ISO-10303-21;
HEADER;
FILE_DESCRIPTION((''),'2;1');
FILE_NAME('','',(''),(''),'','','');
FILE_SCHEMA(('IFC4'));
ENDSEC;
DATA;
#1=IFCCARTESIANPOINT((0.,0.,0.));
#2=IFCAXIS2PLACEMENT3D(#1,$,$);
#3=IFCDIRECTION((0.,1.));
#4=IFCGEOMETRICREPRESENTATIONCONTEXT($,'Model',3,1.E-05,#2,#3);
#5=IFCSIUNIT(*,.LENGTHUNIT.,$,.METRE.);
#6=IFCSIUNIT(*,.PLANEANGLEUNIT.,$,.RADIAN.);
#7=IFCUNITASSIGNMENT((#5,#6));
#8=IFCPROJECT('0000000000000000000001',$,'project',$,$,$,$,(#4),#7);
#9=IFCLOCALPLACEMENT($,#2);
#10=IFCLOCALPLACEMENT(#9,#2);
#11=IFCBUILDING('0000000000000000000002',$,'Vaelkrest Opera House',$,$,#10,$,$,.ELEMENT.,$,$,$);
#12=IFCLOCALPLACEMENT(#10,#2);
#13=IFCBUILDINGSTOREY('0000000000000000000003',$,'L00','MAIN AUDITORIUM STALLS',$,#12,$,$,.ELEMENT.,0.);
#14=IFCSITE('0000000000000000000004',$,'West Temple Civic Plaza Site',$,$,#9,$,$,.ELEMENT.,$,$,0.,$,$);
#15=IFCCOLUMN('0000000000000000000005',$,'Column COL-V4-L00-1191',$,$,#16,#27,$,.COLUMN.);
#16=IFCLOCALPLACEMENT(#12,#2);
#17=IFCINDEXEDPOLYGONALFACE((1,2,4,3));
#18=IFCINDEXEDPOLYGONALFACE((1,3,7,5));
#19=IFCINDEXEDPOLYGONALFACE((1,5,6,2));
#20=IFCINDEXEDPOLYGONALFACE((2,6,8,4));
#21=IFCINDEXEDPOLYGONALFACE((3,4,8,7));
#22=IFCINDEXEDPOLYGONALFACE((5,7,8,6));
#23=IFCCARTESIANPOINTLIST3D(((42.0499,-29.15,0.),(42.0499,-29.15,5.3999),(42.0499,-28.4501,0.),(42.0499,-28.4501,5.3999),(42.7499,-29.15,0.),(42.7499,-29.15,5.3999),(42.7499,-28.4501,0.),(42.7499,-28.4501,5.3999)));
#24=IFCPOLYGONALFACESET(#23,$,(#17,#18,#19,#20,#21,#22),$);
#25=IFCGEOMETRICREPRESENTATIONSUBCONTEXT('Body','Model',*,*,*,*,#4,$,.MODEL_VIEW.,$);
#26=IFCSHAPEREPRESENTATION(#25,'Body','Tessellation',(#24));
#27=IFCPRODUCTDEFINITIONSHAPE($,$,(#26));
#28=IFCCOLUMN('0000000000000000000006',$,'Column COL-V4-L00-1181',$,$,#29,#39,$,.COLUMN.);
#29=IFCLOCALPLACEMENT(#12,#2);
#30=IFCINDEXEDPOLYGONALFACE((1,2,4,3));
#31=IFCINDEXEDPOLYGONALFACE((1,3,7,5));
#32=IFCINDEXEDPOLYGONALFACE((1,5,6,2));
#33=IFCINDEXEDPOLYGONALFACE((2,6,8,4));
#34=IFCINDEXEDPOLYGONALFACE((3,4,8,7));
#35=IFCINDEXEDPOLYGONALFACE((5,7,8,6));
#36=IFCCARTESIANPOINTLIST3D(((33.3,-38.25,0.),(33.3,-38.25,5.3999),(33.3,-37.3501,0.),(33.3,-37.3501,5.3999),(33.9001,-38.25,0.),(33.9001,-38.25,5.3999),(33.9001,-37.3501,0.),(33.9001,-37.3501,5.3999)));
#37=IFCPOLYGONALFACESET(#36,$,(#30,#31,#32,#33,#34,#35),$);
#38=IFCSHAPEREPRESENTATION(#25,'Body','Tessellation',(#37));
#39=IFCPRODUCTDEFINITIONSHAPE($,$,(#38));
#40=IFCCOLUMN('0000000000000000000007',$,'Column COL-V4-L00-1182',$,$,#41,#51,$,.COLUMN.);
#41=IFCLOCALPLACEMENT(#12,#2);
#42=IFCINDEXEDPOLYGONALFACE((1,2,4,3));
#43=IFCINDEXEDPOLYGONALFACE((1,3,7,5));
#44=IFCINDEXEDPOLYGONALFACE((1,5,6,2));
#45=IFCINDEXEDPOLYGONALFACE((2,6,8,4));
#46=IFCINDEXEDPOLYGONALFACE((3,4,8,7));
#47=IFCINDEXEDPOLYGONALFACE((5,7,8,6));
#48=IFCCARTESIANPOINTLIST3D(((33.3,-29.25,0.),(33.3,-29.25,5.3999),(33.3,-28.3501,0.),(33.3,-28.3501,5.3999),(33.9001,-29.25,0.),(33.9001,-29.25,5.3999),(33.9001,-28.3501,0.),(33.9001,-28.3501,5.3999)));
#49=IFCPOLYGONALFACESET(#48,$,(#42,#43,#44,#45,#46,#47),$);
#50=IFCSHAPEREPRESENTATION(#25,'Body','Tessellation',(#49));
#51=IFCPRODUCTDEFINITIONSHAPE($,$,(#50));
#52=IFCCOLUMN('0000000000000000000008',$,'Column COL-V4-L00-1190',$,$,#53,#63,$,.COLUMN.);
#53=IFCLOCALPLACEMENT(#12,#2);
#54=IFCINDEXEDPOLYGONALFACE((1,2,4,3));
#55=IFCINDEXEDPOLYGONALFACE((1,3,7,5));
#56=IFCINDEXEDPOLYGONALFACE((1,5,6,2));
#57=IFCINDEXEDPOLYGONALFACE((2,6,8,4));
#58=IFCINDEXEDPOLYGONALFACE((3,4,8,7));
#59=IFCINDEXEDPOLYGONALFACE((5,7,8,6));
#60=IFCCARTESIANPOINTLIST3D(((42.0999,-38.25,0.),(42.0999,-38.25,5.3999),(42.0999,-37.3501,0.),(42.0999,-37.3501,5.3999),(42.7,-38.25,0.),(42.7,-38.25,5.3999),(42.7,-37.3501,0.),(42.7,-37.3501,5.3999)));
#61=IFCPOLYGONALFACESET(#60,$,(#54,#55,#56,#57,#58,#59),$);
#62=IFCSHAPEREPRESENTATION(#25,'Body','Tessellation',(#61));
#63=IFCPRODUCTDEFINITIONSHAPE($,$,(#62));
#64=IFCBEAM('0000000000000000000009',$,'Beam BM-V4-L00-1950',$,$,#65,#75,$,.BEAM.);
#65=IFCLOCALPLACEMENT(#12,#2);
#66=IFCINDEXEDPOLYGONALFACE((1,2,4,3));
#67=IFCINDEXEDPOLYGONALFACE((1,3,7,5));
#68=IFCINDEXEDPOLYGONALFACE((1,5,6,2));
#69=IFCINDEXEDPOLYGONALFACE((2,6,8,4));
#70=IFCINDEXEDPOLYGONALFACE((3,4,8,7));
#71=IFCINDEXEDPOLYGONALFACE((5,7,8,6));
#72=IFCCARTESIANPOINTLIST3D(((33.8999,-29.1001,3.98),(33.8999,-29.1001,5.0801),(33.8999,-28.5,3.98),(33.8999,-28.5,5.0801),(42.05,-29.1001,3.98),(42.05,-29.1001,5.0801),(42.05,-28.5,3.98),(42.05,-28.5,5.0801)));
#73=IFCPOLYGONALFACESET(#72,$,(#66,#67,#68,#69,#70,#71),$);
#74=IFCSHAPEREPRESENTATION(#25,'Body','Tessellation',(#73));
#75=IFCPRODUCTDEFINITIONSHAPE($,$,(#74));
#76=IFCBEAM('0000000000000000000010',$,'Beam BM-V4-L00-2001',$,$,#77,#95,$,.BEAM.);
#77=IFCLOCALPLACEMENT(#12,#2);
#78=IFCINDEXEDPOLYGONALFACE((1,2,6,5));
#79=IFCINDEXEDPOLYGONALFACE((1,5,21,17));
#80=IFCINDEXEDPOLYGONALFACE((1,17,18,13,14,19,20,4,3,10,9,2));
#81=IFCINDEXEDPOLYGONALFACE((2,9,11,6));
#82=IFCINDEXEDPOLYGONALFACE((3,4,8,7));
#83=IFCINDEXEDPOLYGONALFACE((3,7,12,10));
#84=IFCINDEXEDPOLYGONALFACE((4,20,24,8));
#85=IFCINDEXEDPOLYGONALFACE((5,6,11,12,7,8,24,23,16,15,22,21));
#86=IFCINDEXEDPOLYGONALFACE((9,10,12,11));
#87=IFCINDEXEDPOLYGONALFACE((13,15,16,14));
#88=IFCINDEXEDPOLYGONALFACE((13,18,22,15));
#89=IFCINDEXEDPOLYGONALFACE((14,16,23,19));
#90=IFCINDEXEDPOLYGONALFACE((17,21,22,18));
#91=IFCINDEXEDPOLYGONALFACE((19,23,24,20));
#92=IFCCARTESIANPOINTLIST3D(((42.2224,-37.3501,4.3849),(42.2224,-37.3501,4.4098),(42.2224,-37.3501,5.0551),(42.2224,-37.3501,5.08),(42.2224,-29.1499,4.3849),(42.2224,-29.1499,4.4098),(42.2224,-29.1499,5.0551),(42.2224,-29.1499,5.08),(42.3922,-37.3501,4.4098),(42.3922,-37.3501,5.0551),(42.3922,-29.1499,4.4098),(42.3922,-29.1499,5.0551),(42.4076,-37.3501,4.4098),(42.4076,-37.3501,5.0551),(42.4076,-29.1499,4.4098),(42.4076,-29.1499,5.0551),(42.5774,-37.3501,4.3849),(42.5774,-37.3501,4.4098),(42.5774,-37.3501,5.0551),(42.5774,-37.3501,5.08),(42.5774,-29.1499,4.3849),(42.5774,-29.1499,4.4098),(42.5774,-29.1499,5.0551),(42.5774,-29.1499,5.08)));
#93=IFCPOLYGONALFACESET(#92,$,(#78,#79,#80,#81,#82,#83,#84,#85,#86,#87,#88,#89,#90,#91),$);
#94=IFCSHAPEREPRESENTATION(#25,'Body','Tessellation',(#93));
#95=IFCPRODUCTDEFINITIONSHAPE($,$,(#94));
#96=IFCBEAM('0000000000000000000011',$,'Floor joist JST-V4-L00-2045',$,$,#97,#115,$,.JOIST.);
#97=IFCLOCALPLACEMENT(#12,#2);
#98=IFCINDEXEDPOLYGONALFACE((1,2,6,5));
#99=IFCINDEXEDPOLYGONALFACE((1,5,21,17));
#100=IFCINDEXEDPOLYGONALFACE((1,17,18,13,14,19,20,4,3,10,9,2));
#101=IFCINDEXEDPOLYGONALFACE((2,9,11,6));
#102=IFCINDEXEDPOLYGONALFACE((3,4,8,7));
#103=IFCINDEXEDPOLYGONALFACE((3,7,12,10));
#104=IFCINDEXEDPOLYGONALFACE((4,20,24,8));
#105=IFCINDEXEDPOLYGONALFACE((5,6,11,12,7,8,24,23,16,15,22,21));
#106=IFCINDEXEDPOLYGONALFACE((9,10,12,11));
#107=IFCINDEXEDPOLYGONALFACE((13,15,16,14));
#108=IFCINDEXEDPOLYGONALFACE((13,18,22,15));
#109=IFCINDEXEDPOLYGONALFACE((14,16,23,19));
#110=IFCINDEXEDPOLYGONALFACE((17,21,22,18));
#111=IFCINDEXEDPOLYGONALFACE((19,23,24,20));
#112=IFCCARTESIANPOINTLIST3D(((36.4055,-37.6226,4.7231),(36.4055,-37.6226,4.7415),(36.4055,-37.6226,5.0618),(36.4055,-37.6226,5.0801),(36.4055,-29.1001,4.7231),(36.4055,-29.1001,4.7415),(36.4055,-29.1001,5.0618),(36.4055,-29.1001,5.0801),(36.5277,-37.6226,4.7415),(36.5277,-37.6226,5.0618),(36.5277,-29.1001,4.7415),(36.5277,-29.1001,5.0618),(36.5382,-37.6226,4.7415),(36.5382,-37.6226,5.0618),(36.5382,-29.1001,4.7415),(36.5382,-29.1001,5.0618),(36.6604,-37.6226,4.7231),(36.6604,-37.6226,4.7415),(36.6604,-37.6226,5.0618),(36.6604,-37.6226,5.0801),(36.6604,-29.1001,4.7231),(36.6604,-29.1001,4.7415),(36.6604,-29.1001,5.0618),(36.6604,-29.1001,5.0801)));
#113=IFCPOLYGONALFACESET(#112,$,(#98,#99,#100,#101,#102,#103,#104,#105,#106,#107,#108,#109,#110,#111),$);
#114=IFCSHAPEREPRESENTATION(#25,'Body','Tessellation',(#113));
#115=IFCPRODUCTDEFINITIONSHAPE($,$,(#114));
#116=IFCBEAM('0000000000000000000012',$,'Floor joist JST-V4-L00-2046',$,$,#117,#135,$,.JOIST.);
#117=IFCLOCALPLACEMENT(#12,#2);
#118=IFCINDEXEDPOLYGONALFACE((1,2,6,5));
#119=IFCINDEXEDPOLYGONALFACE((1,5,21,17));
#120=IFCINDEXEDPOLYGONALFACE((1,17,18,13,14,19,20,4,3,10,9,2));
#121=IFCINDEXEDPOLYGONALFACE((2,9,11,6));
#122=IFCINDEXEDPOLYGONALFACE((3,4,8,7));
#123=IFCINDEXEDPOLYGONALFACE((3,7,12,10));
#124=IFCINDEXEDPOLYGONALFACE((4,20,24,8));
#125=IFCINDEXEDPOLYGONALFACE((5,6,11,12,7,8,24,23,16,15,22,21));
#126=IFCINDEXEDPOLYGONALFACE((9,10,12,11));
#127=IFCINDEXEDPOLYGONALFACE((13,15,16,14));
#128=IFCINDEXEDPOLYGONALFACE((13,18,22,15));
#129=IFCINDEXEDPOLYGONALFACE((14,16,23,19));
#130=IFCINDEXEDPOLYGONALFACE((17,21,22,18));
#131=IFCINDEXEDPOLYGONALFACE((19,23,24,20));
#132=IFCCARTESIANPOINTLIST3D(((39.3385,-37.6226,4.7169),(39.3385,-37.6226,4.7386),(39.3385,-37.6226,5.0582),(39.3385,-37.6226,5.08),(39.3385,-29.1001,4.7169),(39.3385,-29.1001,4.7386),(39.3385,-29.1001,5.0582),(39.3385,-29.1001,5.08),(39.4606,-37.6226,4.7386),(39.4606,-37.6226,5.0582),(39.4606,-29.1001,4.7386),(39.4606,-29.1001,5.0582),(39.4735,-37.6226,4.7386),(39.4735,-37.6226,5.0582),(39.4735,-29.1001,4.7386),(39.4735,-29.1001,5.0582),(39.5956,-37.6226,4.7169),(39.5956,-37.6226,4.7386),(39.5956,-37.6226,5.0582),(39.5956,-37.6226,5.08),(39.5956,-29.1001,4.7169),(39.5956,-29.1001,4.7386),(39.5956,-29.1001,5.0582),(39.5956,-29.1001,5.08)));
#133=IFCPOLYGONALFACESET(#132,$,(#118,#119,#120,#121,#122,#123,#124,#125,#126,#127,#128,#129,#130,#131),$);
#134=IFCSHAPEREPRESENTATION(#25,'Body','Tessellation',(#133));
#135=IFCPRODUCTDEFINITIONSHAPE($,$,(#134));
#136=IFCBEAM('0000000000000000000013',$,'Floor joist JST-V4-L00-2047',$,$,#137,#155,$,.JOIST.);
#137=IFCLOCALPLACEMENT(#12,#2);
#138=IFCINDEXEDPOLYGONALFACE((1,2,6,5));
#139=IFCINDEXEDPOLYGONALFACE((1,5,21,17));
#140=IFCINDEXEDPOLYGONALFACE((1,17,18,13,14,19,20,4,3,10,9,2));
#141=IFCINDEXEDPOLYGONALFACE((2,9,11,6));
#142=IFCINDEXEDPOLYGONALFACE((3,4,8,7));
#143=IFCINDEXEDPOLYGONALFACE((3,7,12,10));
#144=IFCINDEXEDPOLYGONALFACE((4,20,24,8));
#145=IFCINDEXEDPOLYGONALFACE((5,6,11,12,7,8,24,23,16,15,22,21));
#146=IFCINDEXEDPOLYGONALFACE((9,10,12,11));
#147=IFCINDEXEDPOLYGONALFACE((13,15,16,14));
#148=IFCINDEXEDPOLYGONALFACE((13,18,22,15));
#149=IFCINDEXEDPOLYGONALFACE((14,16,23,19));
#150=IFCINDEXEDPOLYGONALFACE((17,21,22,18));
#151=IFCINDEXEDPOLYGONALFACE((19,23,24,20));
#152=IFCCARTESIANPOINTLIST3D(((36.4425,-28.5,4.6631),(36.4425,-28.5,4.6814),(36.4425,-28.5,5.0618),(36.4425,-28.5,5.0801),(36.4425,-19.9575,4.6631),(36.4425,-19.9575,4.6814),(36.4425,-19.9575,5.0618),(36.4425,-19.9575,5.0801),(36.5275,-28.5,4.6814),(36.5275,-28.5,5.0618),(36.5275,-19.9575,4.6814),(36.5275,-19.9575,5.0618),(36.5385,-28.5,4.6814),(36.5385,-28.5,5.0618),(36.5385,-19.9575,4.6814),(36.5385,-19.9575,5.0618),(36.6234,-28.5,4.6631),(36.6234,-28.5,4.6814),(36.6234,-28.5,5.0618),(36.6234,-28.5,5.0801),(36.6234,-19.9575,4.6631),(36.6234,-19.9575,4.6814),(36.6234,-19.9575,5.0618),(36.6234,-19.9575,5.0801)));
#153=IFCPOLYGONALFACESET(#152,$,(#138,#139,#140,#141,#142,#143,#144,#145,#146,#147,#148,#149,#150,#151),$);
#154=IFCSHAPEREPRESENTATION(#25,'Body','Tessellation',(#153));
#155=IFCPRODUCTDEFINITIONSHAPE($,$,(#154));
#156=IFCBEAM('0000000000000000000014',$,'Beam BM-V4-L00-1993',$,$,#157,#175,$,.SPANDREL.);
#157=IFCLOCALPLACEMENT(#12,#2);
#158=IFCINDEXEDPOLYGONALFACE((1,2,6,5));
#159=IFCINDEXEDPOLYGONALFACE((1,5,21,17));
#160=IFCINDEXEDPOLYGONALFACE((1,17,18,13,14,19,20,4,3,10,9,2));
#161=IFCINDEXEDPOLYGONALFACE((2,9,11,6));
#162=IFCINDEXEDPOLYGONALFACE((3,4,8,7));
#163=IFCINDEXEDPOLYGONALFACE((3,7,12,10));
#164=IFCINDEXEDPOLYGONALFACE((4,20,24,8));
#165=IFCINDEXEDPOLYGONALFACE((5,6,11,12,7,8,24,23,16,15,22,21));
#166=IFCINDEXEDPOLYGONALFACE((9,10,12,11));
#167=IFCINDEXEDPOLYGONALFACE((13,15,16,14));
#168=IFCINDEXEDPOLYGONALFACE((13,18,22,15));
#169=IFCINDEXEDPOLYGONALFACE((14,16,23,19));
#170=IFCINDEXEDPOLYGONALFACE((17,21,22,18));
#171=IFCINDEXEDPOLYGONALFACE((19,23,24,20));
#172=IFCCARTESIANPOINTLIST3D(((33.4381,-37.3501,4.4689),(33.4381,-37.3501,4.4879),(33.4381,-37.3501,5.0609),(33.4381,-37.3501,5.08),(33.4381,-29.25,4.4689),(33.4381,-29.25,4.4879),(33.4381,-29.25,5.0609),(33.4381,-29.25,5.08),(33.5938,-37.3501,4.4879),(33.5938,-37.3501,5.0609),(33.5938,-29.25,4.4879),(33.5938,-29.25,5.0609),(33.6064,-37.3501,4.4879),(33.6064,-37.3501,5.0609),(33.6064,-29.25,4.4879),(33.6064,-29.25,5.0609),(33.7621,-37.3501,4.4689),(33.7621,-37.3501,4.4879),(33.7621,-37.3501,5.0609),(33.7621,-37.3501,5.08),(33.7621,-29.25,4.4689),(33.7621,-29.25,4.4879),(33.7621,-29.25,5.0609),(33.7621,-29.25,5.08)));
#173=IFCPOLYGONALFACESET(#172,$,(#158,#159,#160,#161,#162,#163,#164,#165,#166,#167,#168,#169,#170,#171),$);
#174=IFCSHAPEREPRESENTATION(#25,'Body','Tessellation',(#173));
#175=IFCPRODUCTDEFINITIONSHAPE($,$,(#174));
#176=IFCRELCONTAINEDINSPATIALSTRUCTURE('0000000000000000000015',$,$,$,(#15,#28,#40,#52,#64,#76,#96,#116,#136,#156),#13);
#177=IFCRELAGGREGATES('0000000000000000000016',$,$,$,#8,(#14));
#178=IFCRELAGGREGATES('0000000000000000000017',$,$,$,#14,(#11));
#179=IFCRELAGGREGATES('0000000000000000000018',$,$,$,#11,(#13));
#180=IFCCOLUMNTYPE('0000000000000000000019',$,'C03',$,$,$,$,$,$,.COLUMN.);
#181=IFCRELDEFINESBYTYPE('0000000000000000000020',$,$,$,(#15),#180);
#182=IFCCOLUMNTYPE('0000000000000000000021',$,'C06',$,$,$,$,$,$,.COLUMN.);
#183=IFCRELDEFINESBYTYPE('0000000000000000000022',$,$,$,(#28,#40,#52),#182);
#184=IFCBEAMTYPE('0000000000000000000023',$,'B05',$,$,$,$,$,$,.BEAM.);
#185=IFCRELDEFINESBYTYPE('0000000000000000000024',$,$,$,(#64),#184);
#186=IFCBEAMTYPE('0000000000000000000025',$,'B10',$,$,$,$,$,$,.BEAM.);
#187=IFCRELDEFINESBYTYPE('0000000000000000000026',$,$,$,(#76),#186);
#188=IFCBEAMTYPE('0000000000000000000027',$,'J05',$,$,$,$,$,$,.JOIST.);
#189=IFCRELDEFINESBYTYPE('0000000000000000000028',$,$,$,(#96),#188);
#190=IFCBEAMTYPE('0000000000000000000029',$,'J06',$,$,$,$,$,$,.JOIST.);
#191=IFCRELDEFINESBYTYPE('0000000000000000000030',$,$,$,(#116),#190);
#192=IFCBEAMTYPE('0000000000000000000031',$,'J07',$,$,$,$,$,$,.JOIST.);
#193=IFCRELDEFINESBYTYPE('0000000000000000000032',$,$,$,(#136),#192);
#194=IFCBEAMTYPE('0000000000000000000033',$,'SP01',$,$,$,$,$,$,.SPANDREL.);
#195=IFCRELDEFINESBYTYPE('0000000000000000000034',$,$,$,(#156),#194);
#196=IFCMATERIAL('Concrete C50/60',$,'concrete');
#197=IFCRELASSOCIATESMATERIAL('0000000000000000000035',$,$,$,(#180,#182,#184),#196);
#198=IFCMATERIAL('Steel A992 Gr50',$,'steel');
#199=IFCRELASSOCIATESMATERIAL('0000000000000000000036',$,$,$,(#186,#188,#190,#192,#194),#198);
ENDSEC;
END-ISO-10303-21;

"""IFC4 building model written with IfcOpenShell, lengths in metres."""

from ifc_helpers import new_model, si_unit, direction, frame, origin, origin_2d, place, context, subcontext, project, spatial, rectangle, i_section, extrude, material, material_profile, profile_set, type_object, element, save


model = new_model("IFC4")

# Units and contexts
model_context = context("Model", 3, precision=1e-05, world=origin(), true_north=direction((0.0, 1.0)))
body_context = subcontext(model_context, "Body", "Model", "MODEL_VIEW")
ifc_project = project(units=[si_unit("LENGTHUNIT", "METRE"), si_unit("PLANEANGLEUNIT", "RADIAN")], contexts=[model_context])

# Site, building, storey
site_placement = place(None, origin())
site = spatial("IfcSite", under=ifc_project, at=site_placement, Name="West Temple Civic Plaza Site", CompositionType="ELEMENT", RefElevation=0.0)
building_placement = place(site_placement, origin())
building = spatial("IfcBuilding", under=site, at=building_placement, Name="Vaelkrest Opera House", CompositionType="ELEMENT")
storey_placement = place(building_placement, origin())
storey = spatial("IfcBuildingStorey", under=building, at=storey_placement, Name="L00", Description="MAIN AUDITORIUM STALLS", CompositionType="ELEMENT", Elevation=0.0)

# Columns
ifc_material_1 = material(Name="Concrete C50/60", Category="concrete")
ifc_material_profile_1 = material_profile(ifc_material_1, rectangle(XDim=0.7, YDim=0.7, at=origin_2d()), Name="RC700X700")
ifc_profile_set_1 = profile_set([ifc_material_profile_1], Name="Concrete C50/60")
column_type_1 = type_object("IfcColumnType", Name="C03", PredefinedType="COLUMN", material=ifc_profile_set_1)
column_placement = place(storey_placement, frame((42.3999, -28.8, 0.0), z_axis=(0.0, 0.0, 1.0), x_axis=(1.0, 0.0, 0.0)))
element("IfcColumn", 1, at=column_placement, inside=storey, type_object=column_type_1, Name="Column COL-V4-L00-1191", PredefinedType="COLUMN", context=body_context, shape_type="SweptSolid", body=[
    extrude(rectangle(XDim=0.7, YDim=0.7, at=origin_2d()), origin(), (0.0, 0.0, 1.0), 5.3999),
])
ifc_material_profile_2 = material_profile(ifc_material_1, rectangle(XDim=0.6001, YDim=0.8999, at=origin_2d()), Name="RC600X900")
ifc_profile_set_2 = profile_set([ifc_material_profile_2], Name="Concrete C50/60")
column_type_2 = type_object("IfcColumnType", Name="C06", PredefinedType="COLUMN", material=ifc_profile_set_2)
for number, where, z_axis, x_axis, name in (
    (2, (33.6001, -37.8, 0.0), (0.0, 0.0, 1.0), (1.0, 0.0, 0.0), "Column COL-V4-L00-1181"),
    (3, (33.6001, -28.8, 0.0), (0.0, 0.0, 1.0), (1.0, 0.0, 0.0), "Column COL-V4-L00-1182"),
    (4, (42.3999, -37.8, 0.0), (0.0, 0.0, 1.0), (1.0, 0.0, 0.0), "Column COL-V4-L00-1190"),
):
    element("IfcColumn", number, at=place(storey_placement, frame(where, z_axis=z_axis, x_axis=x_axis)), inside=storey, type_object=column_type_2, Name=name, PredefinedType="COLUMN", context=body_context, shape_type="SweptSolid", body=[
        extrude(rectangle(XDim=0.6001, YDim=0.8999, at=origin_2d()), origin(), (0.0, 0.0, 1.0), 5.3999),
    ])

# Beams
ifc_material_profile_3 = material_profile(ifc_material_1, rectangle(XDim=0.6001, YDim=1.1001, at=origin_2d()), Name="RCB600X1100")
ifc_profile_set_3 = profile_set([ifc_material_profile_3], Name="Concrete C50/60")
beam_type_1 = type_object("IfcBeamType", Name="B05", PredefinedType="BEAM", material=ifc_profile_set_3)
beam_1_placement = place(storey_placement, frame((33.8999, -28.8, 4.53), z_axis=(1.0, 0.0, 0.0), x_axis=(0.0, 1.0, 0.0)))
element("IfcBeam", 5, at=beam_1_placement, inside=storey, type_object=beam_type_1, Name="Beam BM-V4-L00-1950", PredefinedType="BEAM", context=body_context, shape_type="SweptSolid", body=[
    extrude(rectangle(XDim=0.6001, YDim=1.1001, at=origin_2d()), origin(), (0.0, 0.0, 1.0), 8.1501),
])
ifc_material_2 = material(Name="Steel A992 Gr50", Category="steel")
ifc_material_profile_4 = material_profile(ifc_material_2, i_section(OverallWidth=0.355, OverallDepth=0.6951, WebThickness=0.0154, FlangeThickness=0.0249, at=origin_2d()), Name="W27X146")
ifc_profile_set_4 = profile_set([ifc_material_profile_4], Name="Steel A992 Gr50")
beam_type_2 = type_object("IfcBeamType", Name="B10", PredefinedType="BEAM", material=ifc_profile_set_4)
beam_2_placement = place(storey_placement, frame((42.3999, -37.3501, 4.7324), z_axis=(0.0, 1.0, 0.0), x_axis=(-1.0, 0.0, 0.0)))
element("IfcBeam", 6, at=beam_2_placement, inside=storey, type_object=beam_type_2, Name="Beam BM-V4-L00-2001", PredefinedType="BEAM", context=body_context, shape_type="SweptSolid", body=[
    extrude(i_section(OverallWidth=0.355, OverallDepth=0.6951, WebThickness=0.0154, FlangeThickness=0.0249, at=origin_2d()), origin(), (0.0, 0.0, 1.0), 8.2002),
])
ifc_material_profile_5 = material_profile(ifc_material_2, i_section(OverallWidth=0.2549, OverallDepth=0.3569, WebThickness=0.0105, FlangeThickness=0.0183, at=origin_2d()), Name="W14X68")
ifc_profile_set_5 = profile_set([ifc_material_profile_5], Name="Steel A992 Gr50")
beam_type_3 = type_object("IfcBeamType", Name="J05", PredefinedType="JOIST", material=ifc_profile_set_5)
beam_3_placement = place(storey_placement, frame((36.533, -37.6226, 4.9016), z_axis=(0.0, 1.0, 0.0), x_axis=(-1.0, 0.0, 0.0)))
element("IfcBeam", 7, at=beam_3_placement, inside=storey, type_object=beam_type_3, Name="Floor joist JST-V4-L00-2045", PredefinedType="JOIST", context=body_context, shape_type="SweptSolid", body=[
    extrude(i_section(OverallWidth=0.2549, OverallDepth=0.3569, WebThickness=0.0105, FlangeThickness=0.0183, at=origin_2d()), origin(), (0.0, 0.0, 1.0), 8.5225),
])
ifc_material_profile_6 = material_profile(ifc_material_2, i_section(OverallWidth=0.2571, OverallDepth=0.363, WebThickness=0.0129, FlangeThickness=0.0217, at=origin_2d()), Name="W14X82")
ifc_profile_set_6 = profile_set([ifc_material_profile_6], Name="Steel A992 Gr50")
beam_type_4 = type_object("IfcBeamType", Name="J06", PredefinedType="JOIST", material=ifc_profile_set_6)
beam_4_placement = place(storey_placement, frame((39.467, -37.6226, 4.8984), z_axis=(0.0, 1.0, 0.0), x_axis=(-1.0, 0.0, 0.0)))
element("IfcBeam", 8, at=beam_4_placement, inside=storey, type_object=beam_type_4, Name="Floor joist JST-V4-L00-2046", PredefinedType="JOIST", context=body_context, shape_type="SweptSolid", body=[
    extrude(i_section(OverallWidth=0.2571, OverallDepth=0.363, WebThickness=0.0129, FlangeThickness=0.0217, at=origin_2d()), origin(), (0.0, 0.0, 1.0), 8.5225),
])
ifc_material_profile_7 = material_profile(ifc_material_2, i_section(OverallWidth=0.1809, OverallDepth=0.417, WebThickness=0.011, FlangeThickness=0.0183, at=origin_2d()), Name="W16X57")
ifc_profile_set_7 = profile_set([ifc_material_profile_7], Name="Steel A992 Gr50")
beam_type_5 = type_object("IfcBeamType", Name="J07", PredefinedType="JOIST", material=ifc_profile_set_7)
beam_5_placement = place(storey_placement, frame((36.533, -28.5, 4.8716), z_axis=(0.0, 1.0, 0.0), x_axis=(-1.0, 0.0, 0.0)))
element("IfcBeam", 9, at=beam_5_placement, inside=storey, type_object=beam_type_5, Name="Floor joist JST-V4-L00-2047", PredefinedType="JOIST", context=body_context, shape_type="SweptSolid", body=[
    extrude(i_section(OverallWidth=0.1809, OverallDepth=0.417, WebThickness=0.011, FlangeThickness=0.0183, at=origin_2d()), origin(), (0.0, 0.0, 1.0), 8.5425),
])
ifc_material_profile_8 = material_profile(ifc_material_2, i_section(OverallWidth=0.324, OverallDepth=0.6111, WebThickness=0.0127, FlangeThickness=0.019, at=origin_2d()), Name="W24X104")
ifc_profile_set_8 = profile_set([ifc_material_profile_8], Name="Steel A992 Gr50")
beam_type_6 = type_object("IfcBeamType", Name="SP01", PredefinedType="SPANDREL", material=ifc_profile_set_8)
beam_6_placement = place(storey_placement, frame((33.6001, -37.3501, 4.7744), z_axis=(0.0, 1.0, 0.0), x_axis=(-1.0, 0.0, 0.0)))
element("IfcBeam", 10, at=beam_6_placement, inside=storey, type_object=beam_type_6, Name="Beam BM-V4-L00-1993", PredefinedType="SPANDREL", context=body_context, shape_type="SweptSolid", body=[
    extrude(i_section(OverallWidth=0.324, OverallDepth=0.6111, WebThickness=0.0127, FlangeThickness=0.019, at=origin_2d()), origin(), (0.0, 0.0, 1.0), 8.1001),
])

save(model, "model.ifc")
